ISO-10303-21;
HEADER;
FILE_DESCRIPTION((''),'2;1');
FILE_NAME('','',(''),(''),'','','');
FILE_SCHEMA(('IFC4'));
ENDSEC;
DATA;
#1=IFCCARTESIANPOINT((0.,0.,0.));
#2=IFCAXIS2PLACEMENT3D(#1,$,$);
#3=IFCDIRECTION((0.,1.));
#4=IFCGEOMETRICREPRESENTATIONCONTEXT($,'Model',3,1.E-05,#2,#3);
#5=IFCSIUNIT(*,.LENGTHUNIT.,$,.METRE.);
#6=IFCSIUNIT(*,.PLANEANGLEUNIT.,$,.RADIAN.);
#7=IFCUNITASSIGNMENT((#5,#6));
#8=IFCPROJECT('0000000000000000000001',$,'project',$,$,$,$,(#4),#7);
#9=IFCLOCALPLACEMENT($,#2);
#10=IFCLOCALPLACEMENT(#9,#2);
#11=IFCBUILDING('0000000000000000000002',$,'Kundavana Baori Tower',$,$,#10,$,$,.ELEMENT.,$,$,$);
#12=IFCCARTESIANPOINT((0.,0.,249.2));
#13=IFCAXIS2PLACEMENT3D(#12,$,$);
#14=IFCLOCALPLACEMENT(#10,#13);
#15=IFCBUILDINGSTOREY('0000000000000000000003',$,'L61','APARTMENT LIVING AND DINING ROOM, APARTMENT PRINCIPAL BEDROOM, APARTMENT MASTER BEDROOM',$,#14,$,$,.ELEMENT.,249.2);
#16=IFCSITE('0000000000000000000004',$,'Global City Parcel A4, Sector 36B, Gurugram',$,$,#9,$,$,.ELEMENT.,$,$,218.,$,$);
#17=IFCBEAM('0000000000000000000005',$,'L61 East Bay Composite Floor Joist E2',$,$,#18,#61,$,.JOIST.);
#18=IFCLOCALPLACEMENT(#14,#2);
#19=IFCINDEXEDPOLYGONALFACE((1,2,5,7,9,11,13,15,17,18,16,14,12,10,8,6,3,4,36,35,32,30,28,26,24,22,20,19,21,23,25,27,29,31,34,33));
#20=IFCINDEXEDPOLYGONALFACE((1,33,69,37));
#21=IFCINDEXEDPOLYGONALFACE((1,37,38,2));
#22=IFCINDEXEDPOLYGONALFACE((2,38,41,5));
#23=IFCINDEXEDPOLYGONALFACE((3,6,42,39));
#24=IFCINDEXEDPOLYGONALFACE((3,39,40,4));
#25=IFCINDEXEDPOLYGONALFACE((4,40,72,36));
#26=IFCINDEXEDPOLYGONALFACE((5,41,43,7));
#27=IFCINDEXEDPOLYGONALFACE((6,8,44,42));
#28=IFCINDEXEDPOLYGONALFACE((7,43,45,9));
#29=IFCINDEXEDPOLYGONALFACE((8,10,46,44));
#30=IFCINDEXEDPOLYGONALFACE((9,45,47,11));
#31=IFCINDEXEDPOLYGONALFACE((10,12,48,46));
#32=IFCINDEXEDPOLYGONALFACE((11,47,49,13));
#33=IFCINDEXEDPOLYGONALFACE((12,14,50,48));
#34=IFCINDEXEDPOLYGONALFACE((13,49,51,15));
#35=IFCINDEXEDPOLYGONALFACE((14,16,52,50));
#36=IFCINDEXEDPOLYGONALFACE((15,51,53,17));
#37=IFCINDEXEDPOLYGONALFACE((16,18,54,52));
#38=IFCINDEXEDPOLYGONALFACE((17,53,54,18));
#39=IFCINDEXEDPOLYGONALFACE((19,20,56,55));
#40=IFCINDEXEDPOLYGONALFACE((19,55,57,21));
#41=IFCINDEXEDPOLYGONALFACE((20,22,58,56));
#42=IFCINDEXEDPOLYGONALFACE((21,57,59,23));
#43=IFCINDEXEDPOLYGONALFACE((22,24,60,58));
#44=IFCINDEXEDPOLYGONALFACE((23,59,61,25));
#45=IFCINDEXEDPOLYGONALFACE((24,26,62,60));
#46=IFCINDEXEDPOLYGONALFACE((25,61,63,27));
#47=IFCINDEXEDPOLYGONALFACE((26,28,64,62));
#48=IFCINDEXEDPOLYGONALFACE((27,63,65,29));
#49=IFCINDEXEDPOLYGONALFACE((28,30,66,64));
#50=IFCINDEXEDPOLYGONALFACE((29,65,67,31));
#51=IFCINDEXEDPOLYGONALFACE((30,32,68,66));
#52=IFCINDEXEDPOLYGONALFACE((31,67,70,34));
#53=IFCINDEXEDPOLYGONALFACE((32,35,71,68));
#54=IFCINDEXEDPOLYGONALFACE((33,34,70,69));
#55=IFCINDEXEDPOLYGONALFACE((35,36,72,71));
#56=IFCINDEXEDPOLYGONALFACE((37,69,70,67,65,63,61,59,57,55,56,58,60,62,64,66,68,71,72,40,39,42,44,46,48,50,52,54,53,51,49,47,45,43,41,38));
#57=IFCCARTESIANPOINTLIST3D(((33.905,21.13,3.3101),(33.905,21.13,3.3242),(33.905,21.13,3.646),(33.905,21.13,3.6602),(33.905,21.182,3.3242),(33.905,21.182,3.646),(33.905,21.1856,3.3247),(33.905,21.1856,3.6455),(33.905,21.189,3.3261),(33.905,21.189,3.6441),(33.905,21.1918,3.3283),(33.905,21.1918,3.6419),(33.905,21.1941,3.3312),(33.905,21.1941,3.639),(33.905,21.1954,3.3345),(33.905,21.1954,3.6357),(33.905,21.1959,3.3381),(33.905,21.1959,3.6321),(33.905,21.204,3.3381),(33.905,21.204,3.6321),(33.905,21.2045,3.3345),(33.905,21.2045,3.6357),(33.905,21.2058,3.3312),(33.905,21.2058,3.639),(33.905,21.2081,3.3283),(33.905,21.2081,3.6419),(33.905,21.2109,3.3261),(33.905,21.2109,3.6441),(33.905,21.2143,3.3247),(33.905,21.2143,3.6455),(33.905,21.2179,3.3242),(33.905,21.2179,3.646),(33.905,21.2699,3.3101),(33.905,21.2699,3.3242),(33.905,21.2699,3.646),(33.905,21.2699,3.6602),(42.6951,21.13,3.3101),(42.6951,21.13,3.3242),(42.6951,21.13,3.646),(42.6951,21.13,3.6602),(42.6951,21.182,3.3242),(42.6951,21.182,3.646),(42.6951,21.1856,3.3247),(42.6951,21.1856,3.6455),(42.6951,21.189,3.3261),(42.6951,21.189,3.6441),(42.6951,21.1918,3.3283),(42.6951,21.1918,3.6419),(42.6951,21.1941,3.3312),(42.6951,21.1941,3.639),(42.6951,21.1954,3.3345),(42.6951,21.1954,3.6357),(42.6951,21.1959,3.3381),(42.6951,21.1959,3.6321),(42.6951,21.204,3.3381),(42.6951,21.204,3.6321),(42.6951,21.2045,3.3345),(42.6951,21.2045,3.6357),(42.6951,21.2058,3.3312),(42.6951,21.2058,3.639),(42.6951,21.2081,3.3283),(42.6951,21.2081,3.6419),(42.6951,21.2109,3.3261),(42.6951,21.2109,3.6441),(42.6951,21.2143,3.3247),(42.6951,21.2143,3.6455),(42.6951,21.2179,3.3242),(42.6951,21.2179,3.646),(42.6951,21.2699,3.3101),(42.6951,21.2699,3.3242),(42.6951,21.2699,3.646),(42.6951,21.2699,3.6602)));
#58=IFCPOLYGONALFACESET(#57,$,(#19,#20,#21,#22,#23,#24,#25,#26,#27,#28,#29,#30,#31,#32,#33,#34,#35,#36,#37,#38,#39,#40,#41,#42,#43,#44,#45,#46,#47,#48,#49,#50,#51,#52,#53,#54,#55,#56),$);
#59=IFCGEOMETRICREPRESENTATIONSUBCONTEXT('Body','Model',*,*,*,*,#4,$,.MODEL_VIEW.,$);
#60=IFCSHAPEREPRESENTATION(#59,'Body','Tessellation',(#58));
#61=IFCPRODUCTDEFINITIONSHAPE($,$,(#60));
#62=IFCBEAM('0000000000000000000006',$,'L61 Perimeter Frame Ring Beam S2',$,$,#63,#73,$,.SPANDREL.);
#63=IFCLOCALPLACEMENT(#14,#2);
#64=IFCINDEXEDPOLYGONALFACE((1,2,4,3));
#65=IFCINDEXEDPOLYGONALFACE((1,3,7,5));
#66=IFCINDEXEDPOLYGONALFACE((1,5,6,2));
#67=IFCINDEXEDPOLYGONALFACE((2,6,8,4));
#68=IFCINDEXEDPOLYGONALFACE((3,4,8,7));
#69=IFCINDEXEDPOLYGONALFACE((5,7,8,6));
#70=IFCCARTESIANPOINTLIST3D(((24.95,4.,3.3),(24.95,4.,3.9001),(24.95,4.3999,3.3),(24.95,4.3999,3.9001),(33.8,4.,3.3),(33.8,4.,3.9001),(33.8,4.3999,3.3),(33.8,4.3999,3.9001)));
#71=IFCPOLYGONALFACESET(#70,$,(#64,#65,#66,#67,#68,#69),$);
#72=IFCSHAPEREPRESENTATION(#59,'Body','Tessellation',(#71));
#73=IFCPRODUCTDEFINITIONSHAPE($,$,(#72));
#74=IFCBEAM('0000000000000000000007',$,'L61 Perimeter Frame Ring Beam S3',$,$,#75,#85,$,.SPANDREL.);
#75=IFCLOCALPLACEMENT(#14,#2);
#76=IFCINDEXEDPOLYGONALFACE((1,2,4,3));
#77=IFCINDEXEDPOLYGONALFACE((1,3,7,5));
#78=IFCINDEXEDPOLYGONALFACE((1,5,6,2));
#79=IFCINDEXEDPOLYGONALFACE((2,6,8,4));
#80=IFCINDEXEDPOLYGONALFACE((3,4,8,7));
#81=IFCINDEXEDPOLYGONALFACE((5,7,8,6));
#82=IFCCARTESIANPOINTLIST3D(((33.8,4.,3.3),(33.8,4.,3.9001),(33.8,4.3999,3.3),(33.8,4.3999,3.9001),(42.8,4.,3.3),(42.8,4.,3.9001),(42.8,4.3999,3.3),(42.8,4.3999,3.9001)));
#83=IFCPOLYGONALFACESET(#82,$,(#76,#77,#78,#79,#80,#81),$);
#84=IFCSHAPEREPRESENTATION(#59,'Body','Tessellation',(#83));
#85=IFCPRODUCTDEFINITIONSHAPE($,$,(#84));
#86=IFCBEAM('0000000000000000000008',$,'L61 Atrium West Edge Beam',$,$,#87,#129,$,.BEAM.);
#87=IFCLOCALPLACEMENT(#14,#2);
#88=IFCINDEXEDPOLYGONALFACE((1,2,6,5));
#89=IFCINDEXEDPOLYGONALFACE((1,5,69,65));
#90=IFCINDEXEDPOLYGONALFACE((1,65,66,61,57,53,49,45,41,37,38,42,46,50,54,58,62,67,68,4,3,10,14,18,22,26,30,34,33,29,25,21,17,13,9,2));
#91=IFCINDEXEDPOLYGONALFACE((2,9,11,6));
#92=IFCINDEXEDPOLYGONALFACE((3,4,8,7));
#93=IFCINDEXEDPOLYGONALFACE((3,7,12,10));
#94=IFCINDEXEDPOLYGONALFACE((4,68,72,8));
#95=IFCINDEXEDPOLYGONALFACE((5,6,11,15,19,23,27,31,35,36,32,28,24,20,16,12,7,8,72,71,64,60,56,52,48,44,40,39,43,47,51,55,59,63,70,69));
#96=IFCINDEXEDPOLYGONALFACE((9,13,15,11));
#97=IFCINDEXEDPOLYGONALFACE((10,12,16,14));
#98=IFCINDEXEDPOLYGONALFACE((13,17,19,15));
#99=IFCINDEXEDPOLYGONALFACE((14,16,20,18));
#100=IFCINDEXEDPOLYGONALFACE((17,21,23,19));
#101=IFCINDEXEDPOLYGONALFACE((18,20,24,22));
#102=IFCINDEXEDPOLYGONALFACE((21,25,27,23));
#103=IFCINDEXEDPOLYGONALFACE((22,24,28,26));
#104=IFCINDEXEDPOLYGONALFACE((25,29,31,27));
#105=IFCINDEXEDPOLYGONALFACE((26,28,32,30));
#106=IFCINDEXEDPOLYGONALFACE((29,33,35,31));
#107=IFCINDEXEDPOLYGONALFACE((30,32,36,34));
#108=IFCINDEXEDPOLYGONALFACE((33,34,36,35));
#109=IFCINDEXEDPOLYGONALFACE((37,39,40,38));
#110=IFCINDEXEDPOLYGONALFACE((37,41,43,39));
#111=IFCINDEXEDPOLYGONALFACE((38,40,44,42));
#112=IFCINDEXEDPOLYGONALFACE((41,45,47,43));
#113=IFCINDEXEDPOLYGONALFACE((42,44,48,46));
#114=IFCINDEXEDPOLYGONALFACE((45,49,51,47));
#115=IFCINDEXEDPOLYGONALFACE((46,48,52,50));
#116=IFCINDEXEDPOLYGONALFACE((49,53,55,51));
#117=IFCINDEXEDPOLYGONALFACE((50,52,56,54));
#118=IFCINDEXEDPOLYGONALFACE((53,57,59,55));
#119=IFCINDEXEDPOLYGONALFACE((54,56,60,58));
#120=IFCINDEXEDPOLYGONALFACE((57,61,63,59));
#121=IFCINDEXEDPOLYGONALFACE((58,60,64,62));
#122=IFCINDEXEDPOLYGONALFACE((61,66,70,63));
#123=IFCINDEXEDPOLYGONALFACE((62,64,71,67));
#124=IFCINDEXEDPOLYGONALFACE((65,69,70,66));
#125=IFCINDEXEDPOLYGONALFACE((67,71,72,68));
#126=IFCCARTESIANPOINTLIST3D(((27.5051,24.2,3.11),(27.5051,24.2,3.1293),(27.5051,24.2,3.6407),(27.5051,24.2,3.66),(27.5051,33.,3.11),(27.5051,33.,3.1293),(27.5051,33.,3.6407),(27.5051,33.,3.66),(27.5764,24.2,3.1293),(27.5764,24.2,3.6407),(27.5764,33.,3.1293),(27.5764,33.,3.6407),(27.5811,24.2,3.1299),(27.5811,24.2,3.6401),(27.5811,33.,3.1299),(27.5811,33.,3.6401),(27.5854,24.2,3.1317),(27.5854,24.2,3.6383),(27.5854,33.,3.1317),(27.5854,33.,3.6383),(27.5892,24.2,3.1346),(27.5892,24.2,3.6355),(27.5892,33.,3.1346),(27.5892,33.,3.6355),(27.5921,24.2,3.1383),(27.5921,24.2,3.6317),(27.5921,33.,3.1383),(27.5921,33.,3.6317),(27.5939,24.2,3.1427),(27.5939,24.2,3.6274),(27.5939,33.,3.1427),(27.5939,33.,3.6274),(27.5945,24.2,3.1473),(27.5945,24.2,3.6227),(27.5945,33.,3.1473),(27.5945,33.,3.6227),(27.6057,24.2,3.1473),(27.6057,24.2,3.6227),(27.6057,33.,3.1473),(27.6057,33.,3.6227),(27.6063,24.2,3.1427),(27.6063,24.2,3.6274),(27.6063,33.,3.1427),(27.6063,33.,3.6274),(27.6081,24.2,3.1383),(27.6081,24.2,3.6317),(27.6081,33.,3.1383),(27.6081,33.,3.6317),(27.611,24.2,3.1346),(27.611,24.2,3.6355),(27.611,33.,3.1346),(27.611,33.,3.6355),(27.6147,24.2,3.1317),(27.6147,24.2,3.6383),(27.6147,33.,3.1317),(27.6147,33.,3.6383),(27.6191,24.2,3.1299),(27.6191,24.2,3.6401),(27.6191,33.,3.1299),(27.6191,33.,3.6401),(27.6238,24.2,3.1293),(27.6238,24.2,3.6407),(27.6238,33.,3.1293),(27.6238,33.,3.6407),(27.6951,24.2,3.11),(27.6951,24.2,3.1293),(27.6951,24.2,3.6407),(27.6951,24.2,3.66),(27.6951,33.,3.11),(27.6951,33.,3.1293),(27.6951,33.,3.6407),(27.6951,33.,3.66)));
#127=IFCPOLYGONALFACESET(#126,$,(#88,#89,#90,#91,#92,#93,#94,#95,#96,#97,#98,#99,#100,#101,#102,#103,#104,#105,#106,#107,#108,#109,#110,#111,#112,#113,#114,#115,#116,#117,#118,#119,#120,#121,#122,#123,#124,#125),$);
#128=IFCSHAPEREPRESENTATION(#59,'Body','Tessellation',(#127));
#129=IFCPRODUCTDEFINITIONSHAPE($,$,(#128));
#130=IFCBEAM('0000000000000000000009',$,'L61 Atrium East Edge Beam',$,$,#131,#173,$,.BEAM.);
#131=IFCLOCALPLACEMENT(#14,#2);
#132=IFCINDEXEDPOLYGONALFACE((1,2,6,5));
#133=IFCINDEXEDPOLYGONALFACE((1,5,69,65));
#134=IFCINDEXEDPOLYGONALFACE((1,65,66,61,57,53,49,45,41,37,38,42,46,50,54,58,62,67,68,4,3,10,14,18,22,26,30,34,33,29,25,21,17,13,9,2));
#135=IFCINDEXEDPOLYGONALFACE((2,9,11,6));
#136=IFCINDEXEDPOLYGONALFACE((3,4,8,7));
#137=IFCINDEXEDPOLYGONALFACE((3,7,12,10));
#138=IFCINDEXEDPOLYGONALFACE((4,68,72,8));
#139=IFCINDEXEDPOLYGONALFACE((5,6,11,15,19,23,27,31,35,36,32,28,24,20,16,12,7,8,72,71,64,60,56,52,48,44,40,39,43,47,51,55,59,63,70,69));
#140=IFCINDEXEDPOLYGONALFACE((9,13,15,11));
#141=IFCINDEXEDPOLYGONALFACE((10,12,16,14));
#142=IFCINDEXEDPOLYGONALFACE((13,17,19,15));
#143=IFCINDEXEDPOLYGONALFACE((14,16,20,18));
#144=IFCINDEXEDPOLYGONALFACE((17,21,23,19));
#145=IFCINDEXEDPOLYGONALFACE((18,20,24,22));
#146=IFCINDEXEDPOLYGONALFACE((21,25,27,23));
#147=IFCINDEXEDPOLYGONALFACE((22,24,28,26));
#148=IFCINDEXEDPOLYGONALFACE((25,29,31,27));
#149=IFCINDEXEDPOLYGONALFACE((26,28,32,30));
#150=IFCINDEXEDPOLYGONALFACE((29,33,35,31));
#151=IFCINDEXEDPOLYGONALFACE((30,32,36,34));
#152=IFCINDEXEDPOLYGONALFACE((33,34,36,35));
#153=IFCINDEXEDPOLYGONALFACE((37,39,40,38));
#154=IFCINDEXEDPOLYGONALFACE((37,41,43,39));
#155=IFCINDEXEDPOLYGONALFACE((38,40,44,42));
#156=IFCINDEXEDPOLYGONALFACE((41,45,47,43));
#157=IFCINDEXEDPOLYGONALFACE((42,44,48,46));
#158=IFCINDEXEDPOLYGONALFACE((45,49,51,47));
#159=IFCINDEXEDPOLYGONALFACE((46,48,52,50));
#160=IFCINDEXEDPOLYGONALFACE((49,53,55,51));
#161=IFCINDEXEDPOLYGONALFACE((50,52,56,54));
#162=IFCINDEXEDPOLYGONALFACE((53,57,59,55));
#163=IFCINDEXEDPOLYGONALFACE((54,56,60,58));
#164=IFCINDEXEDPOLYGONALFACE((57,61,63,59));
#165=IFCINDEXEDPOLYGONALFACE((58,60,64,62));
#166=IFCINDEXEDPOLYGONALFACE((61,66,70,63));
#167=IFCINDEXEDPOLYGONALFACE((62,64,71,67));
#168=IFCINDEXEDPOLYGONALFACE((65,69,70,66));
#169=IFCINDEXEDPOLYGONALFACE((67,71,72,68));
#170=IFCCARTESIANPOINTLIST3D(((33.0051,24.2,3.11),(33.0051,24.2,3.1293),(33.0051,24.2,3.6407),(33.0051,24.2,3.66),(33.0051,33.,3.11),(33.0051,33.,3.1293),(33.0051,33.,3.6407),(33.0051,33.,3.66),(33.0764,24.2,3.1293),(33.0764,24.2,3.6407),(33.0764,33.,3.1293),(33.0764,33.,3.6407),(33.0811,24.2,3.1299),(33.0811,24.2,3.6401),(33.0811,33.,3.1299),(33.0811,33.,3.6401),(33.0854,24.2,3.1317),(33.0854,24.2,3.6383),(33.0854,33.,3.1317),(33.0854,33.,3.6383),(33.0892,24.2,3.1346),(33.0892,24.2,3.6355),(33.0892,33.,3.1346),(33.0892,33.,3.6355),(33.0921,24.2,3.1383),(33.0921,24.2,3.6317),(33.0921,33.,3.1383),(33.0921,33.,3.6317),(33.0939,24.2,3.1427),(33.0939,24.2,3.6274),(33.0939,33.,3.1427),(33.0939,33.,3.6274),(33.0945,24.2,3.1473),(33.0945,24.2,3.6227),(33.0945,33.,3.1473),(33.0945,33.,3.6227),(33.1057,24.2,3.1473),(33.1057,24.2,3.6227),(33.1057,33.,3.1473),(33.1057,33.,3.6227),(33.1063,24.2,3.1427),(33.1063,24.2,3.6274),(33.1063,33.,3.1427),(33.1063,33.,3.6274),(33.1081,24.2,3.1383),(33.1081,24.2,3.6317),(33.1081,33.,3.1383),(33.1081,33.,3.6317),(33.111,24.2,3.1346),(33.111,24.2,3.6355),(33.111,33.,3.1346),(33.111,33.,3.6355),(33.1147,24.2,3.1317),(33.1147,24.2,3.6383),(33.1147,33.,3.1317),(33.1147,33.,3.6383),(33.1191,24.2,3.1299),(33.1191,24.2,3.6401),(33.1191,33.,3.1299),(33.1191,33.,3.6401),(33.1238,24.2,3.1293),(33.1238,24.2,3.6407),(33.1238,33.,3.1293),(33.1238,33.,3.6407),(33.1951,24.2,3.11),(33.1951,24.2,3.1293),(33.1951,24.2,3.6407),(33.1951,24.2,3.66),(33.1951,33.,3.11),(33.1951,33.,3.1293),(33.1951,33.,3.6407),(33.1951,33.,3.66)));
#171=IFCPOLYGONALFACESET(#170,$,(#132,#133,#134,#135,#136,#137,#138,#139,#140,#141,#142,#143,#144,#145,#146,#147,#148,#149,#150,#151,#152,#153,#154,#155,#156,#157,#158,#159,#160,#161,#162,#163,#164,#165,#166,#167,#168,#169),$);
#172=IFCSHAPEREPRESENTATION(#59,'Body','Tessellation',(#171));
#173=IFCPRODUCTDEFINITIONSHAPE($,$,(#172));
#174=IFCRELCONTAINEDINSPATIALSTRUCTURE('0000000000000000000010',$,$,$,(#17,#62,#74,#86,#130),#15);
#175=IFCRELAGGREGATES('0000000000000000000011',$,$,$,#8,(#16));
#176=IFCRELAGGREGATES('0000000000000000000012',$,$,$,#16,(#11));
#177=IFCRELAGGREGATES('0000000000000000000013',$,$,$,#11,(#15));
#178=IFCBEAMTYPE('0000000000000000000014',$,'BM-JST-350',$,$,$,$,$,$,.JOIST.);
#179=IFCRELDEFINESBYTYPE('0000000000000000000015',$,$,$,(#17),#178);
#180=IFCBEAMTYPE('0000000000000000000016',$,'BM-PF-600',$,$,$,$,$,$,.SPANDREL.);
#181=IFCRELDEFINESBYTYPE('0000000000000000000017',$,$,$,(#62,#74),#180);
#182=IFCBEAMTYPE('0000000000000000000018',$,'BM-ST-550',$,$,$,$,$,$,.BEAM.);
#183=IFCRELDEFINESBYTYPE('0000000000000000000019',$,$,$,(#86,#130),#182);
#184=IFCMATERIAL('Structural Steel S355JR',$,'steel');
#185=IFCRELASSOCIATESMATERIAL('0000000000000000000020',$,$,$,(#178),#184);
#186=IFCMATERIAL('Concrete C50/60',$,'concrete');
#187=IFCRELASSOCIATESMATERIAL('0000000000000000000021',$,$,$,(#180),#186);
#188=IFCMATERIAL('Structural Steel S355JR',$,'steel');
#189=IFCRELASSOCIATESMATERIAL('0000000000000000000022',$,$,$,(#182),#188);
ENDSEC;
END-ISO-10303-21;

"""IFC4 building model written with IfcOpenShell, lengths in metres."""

from ifc_helpers import new_model, si_unit, direction, frame, origin, origin_2d, place, context, subcontext, project, spatial, rectangle, i_section, extrude, material, material_profile, profile_set, type_object, element, save


model = new_model("IFC4")

# Units and contexts
model_context = context("Model", 3, precision=1e-05, world=origin(), true_north=direction((0.0, 1.0)))
body_context = subcontext(model_context, "Body", "Model", "MODEL_VIEW")
ifc_project = project(units=[si_unit("LENGTHUNIT", "METRE"), si_unit("PLANEANGLEUNIT", "RADIAN")], contexts=[model_context])

# Site, building, storey
site_placement = place(None, origin())
site = spatial("IfcSite", under=ifc_project, at=site_placement, Name="Global City Parcel A4, Sector 36B, Gurugram", CompositionType="ELEMENT", RefElevation=218.0)
building_placement = place(site_placement, origin())
building = spatial("IfcBuilding", under=site, at=building_placement, Name="Kundavana Baori Tower", CompositionType="ELEMENT")
storey_placement = place(building_placement, frame((0.0, 0.0, 249.2)))
storey = spatial("IfcBuildingStorey", under=building, at=storey_placement, Name="L61", Description="APARTMENT LIVING AND DINING ROOM, APARTMENT PRINCIPAL BEDROOM, APARTMENT MASTER BEDROOM", CompositionType="ELEMENT", Elevation=249.2)

# Beams
ifc_material_1 = material(Name="Structural Steel S355JR", Category="steel")
ifc_material_profile_1 = material_profile(ifc_material_1, i_section(OverallWidth=0.1399, OverallDepth=0.3501, WebThickness=0.0081, FlangeThickness=0.0142, FilletRadius=0.0139, at=origin_2d()), Name="ISMB 350")
ifc_profile_set_1 = profile_set([ifc_material_profile_1], Name="Structural Steel S355JR")
beam_type_1 = type_object("IfcBeamType", Name="BM-JST-350", PredefinedType="JOIST", material=ifc_profile_set_1)
for number, where, z_axis, x_axis, name in (
    (1, (33.905, 21.2, 3.4851), (1.0, 0.0, 0.0), (0.0, 1.0, 0.0), "L61 East Bay Composite Floor Joist E2"),
):
    element("IfcBeam", number, at=place(storey_placement, frame(where, z_axis=z_axis, x_axis=x_axis)), inside=storey, type_object=beam_type_1, Name=name, PredefinedType="JOIST", context=body_context, shape_type="SweptSolid", body=[
        extrude(i_section(OverallWidth=0.1399, OverallDepth=0.3501, WebThickness=0.0081, FlangeThickness=0.0142, FilletRadius=0.0139, at=origin_2d()), origin(), (0.0, 0.0, 1.0), 8.79),
    ])
ifc_material_2 = material(Name="Concrete C50/60", Category="concrete")
ifc_material_profile_2 = material_profile(ifc_material_2, rectangle(XDim=0.3999, YDim=0.6001, at=origin_2d()), Name="RC BM 400x600")
ifc_profile_set_2 = profile_set([ifc_material_profile_2], Name="Concrete C50/60")
beam_type_2 = type_object("IfcBeamType", Name="BM-PF-600", PredefinedType="SPANDREL", material=ifc_profile_set_2)
beam_1_placement = place(storey_placement, frame((24.95, 4.2, 3.6001), z_axis=(1.0, 0.0, 0.0), x_axis=(0.0, 1.0, 0.0)))
element("IfcBeam", 2, at=beam_1_placement, inside=storey, type_object=beam_type_2, Name="L61 Perimeter Frame Ring Beam S2", PredefinedType="SPANDREL", context=body_context, shape_type="SweptSolid", body=[
    extrude(rectangle(XDim=0.3999, YDim=0.6001, at=origin_2d()), origin(), (0.0, 0.0, 1.0), 8.8501),
])
beam_2_placement = place(storey_placement, frame((33.8, 4.2, 3.6001), z_axis=(1.0, 0.0, 0.0), x_axis=(0.0, 1.0, 0.0)))
element("IfcBeam", 3, at=beam_2_placement, inside=storey, type_object=beam_type_2, Name="L61 Perimeter Frame Ring Beam S3", PredefinedType="SPANDREL", context=body_context, shape_type="SweptSolid", body=[
    extrude(rectangle(XDim=0.3999, YDim=0.6001, at=origin_2d()), origin(), (0.0, 0.0, 1.0), 9.0),
])
ifc_material_3 = material(Name="Structural Steel S355JR", Category="steel")
ifc_material_profile_3 = material_profile(ifc_material_3, i_section(OverallWidth=0.1899, OverallDepth=0.55, WebThickness=0.0112, FlangeThickness=0.0193, FilletRadius=0.0181, at=origin_2d()), Name="ISMB 550")
ifc_profile_set_3 = profile_set([ifc_material_profile_3], Name="Structural Steel S355JR")
beam_type_3 = type_object("IfcBeamType", Name="BM-ST-550", PredefinedType="BEAM", material=ifc_profile_set_3)
for number, where, z_axis, x_axis, name in (
    (4, (27.6001, 24.2, 3.385), (0.0, 1.0, 0.0), (-1.0, 0.0, 0.0), "L61 Atrium West Edge Beam"),
    (5, (33.1001, 24.2, 3.385), (0.0, 1.0, 0.0), (-1.0, 0.0, 0.0), "L61 Atrium East Edge Beam"),
):
    element("IfcBeam", number, at=place(storey_placement, frame(where, z_axis=z_axis, x_axis=x_axis)), inside=storey, type_object=beam_type_3, Name=name, PredefinedType="BEAM", context=body_context, shape_type="SweptSolid", body=[
        extrude(i_section(OverallWidth=0.1899, OverallDepth=0.55, WebThickness=0.0112, FlangeThickness=0.0193, FilletRadius=0.0181, at=origin_2d()), origin(), (0.0, 0.0, 1.0), 8.8),
    ])

save(model, "model.ifc")
